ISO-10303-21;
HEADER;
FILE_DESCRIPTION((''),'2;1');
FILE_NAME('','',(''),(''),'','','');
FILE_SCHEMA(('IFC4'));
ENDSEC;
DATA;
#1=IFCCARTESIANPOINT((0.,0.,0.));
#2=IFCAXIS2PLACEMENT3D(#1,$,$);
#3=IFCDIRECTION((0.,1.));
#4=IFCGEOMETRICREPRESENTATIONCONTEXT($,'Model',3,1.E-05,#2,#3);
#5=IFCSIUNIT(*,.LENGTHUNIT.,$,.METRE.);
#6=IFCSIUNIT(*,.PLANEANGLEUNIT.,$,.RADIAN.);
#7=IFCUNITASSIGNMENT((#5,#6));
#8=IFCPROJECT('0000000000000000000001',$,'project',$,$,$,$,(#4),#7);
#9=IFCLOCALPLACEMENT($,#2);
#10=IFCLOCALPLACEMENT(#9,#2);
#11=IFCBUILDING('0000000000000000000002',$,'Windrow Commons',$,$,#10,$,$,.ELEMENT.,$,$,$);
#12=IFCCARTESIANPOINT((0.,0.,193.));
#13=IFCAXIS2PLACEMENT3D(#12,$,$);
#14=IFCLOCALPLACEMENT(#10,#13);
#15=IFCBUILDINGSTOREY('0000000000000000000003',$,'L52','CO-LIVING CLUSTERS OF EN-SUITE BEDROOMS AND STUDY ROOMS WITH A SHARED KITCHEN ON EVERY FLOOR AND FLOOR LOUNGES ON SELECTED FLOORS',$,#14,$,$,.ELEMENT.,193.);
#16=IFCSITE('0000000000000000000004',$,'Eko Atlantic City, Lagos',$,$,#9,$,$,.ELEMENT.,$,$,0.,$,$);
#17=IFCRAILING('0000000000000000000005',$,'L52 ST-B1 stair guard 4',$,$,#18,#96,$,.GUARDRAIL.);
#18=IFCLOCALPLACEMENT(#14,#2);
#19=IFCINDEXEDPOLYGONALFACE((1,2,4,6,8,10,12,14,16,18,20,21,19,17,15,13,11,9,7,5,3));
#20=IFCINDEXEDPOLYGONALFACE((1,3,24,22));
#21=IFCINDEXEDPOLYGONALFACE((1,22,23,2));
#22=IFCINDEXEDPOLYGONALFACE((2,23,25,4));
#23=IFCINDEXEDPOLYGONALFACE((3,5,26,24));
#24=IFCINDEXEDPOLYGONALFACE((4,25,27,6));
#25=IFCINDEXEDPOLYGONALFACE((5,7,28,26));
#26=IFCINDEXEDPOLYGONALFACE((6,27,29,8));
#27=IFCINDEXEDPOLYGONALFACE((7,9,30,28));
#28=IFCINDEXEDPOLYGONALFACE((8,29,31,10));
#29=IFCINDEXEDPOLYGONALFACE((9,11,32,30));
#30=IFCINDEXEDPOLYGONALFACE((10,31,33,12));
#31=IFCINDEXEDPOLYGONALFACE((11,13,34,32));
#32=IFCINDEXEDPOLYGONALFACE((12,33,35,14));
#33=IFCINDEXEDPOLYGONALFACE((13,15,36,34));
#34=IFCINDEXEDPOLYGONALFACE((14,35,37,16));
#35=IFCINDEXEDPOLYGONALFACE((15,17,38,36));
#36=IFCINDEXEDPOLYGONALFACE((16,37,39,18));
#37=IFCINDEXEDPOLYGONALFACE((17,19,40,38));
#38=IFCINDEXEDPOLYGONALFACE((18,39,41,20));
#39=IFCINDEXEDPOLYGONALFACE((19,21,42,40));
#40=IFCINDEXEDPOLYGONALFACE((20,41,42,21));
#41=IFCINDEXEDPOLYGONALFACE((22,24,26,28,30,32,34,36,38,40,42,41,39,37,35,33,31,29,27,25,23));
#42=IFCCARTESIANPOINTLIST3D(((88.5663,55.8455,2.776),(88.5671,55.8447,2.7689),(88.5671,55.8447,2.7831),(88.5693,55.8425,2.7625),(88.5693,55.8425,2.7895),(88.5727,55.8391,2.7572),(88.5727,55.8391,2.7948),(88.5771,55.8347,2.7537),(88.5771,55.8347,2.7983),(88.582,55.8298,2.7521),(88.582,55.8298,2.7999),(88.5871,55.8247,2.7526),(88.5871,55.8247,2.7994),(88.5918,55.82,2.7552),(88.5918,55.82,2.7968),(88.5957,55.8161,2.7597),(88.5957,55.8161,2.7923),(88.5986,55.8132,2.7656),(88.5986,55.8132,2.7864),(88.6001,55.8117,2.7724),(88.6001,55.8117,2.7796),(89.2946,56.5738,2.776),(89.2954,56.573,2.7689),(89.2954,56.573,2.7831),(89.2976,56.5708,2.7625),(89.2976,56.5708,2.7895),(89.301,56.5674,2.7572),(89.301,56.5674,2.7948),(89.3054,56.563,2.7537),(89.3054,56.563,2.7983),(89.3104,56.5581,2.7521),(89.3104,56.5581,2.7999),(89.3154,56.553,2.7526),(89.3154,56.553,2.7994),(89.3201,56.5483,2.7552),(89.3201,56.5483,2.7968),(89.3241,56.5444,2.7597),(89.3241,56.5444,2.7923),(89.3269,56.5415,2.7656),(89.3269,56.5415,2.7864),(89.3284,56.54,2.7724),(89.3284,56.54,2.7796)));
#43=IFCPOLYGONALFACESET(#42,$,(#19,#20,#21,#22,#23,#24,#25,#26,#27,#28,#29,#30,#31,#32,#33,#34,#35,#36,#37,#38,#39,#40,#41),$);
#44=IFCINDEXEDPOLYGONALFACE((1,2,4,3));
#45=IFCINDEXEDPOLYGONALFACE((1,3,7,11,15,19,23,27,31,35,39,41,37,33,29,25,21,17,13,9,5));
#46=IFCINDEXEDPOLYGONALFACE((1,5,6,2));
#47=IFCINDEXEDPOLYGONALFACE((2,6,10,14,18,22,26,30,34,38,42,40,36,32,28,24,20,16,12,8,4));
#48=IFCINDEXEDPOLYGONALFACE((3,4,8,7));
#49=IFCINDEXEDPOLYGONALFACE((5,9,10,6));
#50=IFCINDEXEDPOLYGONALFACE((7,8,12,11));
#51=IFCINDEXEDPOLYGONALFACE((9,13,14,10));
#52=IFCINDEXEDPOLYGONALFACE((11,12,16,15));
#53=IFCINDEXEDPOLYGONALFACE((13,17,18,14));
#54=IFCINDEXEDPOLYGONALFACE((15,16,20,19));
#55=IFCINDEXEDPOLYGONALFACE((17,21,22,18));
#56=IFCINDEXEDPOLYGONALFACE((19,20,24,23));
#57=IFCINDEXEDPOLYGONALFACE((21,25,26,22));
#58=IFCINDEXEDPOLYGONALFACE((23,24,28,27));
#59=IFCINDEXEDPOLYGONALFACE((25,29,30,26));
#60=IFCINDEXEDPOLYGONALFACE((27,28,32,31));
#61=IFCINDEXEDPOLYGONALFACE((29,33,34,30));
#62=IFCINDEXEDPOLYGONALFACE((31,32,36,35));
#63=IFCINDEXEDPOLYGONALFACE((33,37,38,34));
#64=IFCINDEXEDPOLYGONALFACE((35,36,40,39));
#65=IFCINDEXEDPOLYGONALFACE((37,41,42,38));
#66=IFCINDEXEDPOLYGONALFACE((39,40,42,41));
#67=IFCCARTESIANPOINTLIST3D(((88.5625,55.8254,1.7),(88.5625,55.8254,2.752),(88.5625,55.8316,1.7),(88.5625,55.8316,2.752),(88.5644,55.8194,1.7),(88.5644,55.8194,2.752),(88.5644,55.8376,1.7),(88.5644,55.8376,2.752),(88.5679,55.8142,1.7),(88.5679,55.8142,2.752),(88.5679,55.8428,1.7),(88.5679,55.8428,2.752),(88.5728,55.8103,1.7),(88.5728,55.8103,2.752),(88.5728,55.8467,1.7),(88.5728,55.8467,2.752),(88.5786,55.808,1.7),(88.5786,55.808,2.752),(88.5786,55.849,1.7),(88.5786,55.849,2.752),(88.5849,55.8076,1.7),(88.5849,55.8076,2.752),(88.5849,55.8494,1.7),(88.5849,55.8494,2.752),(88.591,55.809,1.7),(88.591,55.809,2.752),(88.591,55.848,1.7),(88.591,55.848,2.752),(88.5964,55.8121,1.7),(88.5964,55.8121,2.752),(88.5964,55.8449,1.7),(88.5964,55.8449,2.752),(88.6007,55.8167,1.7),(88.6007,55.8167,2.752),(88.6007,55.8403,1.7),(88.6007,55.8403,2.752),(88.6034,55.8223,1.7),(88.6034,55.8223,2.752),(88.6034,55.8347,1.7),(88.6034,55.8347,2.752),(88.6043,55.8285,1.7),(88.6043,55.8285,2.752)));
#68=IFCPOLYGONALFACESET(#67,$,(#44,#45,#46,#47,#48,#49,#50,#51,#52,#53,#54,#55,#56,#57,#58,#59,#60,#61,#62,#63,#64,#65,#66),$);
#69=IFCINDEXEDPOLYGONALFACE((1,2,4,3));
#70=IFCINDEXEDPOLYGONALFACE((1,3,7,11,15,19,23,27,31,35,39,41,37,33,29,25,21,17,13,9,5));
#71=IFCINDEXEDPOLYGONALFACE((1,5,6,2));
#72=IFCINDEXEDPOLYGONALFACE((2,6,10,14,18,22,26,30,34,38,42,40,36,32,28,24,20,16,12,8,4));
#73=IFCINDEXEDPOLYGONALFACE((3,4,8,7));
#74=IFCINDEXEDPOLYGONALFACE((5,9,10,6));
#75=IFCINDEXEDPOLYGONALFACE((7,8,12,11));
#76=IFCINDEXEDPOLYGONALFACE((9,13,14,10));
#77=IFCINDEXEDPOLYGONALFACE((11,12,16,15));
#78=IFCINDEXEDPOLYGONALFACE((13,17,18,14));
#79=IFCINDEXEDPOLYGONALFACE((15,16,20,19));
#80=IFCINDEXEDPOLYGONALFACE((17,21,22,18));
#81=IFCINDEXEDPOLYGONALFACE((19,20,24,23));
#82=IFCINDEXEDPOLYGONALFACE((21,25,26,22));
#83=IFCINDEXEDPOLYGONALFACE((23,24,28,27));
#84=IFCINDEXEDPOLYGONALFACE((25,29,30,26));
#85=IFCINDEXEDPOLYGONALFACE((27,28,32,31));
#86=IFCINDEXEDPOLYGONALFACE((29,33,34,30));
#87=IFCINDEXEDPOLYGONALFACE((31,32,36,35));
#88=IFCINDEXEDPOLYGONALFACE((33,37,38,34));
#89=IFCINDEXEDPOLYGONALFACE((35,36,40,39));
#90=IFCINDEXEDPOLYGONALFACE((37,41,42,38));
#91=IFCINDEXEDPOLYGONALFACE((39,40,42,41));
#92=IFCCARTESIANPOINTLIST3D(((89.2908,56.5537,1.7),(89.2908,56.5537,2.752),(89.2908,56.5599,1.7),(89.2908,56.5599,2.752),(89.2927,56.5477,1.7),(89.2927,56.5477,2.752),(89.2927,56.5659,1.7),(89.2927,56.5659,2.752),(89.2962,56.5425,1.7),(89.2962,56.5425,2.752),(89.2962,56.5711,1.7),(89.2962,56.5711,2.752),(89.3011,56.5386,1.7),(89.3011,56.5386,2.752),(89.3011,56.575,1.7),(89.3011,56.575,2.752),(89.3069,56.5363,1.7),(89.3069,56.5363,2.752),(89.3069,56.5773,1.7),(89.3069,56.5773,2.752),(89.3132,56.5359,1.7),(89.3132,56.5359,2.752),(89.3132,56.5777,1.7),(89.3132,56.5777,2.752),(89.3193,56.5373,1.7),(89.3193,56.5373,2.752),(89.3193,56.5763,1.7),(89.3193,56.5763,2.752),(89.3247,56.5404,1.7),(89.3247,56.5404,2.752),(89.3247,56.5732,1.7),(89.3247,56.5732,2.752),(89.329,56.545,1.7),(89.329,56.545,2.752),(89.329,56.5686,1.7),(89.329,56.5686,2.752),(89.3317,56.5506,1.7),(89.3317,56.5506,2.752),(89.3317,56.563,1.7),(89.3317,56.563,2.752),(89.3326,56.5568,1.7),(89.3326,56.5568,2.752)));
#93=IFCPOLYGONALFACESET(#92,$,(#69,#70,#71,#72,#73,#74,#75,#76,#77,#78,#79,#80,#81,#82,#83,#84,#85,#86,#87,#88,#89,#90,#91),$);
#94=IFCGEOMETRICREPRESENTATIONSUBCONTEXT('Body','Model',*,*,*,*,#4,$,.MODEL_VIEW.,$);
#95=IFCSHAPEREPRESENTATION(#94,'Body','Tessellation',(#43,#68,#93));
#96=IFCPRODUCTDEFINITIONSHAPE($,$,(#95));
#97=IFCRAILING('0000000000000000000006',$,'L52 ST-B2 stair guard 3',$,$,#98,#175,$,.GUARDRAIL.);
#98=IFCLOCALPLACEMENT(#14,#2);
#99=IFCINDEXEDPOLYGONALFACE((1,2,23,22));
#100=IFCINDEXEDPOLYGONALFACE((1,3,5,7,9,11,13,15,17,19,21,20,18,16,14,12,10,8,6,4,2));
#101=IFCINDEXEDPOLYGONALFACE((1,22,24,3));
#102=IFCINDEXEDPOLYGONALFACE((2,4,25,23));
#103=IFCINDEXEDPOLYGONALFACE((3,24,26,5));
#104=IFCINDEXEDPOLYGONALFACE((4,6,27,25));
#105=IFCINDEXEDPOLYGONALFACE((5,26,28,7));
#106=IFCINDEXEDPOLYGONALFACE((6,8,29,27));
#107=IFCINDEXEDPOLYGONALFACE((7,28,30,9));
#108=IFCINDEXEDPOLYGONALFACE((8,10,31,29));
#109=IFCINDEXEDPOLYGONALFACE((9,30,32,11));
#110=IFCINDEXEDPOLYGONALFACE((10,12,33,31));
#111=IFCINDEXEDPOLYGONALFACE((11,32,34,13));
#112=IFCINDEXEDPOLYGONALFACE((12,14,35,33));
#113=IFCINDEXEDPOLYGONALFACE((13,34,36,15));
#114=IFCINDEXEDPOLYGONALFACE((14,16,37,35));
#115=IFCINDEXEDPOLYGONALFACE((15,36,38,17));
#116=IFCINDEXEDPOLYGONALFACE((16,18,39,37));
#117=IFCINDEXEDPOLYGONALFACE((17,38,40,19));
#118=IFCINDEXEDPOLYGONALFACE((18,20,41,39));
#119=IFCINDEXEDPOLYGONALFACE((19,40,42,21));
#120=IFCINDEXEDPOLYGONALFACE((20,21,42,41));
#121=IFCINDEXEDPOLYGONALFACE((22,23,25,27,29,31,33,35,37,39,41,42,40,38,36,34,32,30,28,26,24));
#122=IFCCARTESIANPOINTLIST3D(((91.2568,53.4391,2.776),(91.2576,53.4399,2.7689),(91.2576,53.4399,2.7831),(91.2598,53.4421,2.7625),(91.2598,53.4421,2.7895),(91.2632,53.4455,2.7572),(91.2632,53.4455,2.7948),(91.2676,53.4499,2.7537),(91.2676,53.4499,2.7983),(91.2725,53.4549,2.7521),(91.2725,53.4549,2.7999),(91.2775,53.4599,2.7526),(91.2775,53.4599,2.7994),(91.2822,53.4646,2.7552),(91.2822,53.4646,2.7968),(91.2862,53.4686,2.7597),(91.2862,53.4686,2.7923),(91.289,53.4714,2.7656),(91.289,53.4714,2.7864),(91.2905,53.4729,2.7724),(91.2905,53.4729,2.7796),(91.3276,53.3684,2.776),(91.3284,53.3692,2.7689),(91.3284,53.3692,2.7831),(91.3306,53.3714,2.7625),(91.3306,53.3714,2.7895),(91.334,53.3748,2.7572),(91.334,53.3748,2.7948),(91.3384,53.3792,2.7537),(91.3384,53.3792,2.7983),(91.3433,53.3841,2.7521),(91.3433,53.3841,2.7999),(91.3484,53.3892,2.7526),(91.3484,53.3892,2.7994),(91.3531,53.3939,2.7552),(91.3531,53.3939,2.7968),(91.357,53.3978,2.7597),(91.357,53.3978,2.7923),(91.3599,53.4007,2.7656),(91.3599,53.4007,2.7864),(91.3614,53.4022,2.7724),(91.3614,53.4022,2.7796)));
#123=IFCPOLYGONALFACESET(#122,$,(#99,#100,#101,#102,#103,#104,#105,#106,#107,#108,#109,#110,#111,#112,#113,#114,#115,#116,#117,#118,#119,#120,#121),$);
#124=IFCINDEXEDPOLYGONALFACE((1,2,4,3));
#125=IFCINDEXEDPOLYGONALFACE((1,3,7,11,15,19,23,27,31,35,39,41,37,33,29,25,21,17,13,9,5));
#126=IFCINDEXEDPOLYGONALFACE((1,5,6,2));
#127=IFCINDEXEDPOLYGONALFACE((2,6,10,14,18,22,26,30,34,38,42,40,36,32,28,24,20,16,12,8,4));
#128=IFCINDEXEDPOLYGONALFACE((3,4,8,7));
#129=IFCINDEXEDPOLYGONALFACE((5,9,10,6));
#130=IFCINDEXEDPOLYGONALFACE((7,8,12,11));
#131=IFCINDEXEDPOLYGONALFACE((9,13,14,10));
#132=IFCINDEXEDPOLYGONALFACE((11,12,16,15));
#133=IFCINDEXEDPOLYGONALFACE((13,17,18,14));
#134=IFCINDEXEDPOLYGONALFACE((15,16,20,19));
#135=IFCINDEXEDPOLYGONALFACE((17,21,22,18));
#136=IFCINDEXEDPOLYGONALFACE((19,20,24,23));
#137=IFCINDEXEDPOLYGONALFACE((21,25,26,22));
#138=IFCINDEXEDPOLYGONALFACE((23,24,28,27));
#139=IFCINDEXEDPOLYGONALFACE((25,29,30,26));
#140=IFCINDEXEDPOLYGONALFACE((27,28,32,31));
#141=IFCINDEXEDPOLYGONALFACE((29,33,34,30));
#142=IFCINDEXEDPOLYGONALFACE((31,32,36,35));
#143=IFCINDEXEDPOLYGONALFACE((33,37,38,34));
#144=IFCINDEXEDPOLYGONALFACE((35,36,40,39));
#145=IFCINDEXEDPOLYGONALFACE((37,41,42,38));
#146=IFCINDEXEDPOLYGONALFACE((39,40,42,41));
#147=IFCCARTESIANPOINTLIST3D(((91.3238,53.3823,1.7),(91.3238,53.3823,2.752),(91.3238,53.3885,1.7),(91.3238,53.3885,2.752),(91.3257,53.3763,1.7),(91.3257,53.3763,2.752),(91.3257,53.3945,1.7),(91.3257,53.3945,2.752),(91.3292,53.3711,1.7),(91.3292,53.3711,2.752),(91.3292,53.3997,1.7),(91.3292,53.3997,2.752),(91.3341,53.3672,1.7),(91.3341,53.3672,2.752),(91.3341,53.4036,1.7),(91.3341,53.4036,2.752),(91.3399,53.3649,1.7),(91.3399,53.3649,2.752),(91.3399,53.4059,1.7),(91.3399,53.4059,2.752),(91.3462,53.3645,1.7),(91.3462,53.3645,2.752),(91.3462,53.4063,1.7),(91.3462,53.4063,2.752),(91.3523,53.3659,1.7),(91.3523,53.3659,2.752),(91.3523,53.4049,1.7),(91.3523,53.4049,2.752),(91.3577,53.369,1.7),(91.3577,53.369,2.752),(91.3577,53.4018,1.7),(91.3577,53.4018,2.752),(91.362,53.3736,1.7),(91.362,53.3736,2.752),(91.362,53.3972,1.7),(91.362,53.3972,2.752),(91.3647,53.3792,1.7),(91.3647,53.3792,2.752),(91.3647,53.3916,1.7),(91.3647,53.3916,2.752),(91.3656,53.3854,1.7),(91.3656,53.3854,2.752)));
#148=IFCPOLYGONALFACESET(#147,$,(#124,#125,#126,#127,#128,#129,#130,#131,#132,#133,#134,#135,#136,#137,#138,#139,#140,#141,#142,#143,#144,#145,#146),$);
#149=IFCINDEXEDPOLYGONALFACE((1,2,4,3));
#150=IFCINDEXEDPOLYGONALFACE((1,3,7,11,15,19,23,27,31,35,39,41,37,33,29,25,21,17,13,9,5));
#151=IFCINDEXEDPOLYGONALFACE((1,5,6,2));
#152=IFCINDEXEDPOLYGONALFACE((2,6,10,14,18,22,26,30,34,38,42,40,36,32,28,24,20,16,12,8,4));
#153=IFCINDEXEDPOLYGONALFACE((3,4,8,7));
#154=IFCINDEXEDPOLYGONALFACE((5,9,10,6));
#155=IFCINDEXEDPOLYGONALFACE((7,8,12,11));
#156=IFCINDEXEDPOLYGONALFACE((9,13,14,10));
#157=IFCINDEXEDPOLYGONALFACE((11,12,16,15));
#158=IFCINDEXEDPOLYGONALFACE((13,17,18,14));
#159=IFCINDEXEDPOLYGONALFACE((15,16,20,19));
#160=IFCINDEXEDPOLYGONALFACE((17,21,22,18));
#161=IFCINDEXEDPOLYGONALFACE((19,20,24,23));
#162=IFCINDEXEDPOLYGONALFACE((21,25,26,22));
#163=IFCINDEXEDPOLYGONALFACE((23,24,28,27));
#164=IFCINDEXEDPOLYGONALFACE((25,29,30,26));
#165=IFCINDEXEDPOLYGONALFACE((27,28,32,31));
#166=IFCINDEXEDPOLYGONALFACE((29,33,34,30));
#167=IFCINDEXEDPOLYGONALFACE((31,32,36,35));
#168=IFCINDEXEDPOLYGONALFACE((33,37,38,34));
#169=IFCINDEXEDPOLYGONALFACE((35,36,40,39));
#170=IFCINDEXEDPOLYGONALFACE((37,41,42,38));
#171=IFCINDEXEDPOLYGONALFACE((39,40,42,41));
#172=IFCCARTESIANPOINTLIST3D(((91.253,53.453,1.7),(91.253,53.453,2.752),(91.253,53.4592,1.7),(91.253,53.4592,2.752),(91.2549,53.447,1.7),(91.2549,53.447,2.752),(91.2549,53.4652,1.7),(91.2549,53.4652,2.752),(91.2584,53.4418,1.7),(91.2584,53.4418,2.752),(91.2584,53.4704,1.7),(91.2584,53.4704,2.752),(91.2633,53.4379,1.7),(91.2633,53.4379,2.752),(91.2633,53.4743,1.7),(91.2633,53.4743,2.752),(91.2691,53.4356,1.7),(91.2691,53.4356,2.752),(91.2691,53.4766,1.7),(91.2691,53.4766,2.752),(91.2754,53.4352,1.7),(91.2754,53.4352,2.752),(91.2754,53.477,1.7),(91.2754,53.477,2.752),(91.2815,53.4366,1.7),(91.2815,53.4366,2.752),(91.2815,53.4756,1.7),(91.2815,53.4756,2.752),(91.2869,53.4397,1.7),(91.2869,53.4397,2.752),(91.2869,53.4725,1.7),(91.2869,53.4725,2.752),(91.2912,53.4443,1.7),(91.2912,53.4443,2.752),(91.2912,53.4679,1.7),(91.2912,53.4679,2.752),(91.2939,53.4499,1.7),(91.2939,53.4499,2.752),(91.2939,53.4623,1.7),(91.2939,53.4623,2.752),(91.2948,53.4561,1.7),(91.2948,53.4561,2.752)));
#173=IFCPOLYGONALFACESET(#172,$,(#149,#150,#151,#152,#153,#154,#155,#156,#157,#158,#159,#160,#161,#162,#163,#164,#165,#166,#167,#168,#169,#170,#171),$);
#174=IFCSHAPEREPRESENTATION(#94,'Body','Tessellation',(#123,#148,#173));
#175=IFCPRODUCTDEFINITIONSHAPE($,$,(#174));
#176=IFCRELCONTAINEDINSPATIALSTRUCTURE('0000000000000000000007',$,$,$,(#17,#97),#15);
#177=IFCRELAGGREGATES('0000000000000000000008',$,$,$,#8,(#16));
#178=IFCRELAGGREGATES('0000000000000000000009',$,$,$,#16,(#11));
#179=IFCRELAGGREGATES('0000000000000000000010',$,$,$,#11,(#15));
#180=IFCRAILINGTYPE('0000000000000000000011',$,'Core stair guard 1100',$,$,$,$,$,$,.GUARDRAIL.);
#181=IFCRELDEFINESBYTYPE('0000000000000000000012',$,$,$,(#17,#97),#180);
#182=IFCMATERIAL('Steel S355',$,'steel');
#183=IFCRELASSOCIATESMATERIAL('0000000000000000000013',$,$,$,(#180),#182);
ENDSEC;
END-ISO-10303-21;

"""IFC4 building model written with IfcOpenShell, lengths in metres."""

from ifc_helpers import new_model, si_unit, direction, frame, origin, origin_2d, place, context, subcontext, project, spatial, circle, extrude, material, type_object, element, save


model = new_model("IFC4")

# Units and contexts
model_context = context("Model", 3, precision=1e-05, world=origin(), true_north=direction((0.0, 1.0)))
body_context = subcontext(model_context, "Body", "Model", "MODEL_VIEW")
ifc_project = project(units=[si_unit("LENGTHUNIT", "METRE"), si_unit("PLANEANGLEUNIT", "RADIAN")], contexts=[model_context])

# Site, building, storey
site_placement = place(None, origin())
site = spatial("IfcSite", under=ifc_project, at=site_placement, Name="Eko Atlantic City, Lagos", CompositionType="ELEMENT", RefElevation=0.0)
building_placement = place(site_placement, origin())
building = spatial("IfcBuilding", under=site, at=building_placement, Name="Windrow Commons", CompositionType="ELEMENT")
storey_placement = place(building_placement, frame((0.0, 0.0, 193.0)))
storey = spatial("IfcBuildingStorey", under=building, at=storey_placement, Name="L52", Description="CO-LIVING CLUSTERS OF EN-SUITE BEDROOMS AND STUDY ROOMS WITH A SHARED KITCHEN ON EVERY FLOOR AND FLOOR LOUNGES ON SELECTED FLOORS", CompositionType="ELEMENT", Elevation=193.0)

# Railings
ifc_material_1 = material(Name="Steel S355", Category="steel")
railing_type_1 = type_object("IfcRailingType", Name="Core stair guard 1100", PredefinedType="GUARDRAIL", material=ifc_material_1)
railing_1_placement = place(storey_placement, frame((88.5833, 55.8285, 1.7)))
element("IfcRailing", 1, at=railing_1_placement, inside=storey, type_object=railing_type_1, Name="L52 ST-B1 stair guard 4", PredefinedType="GUARDRAIL", context=body_context, shape_type="SweptSolid", body=[
    extrude(circle(Radius=0.024, at=origin_2d()), frame((0.0, 0.0, 1.076), z_axis=(0.707107, 0.707107, 0.0), x_axis=(-0.707107, 0.707107, 0.0)), (0.0, 0.0, 1.0), 1.03),
    extrude(circle(Radius=0.021, at=origin_2d()), origin(), (0.0, 0.0, 1.0), 1.052),
    extrude(circle(Radius=0.021, at=origin_2d()), frame((0.7283, 0.7283, 0.0)), (0.0, 0.0, 1.0), 1.052),
])
railing_2_placement = place(storey_placement, frame((91.3446, 53.3854, 1.7)))
element("IfcRailing", 2, at=railing_2_placement, inside=storey, type_object=railing_type_1, Name="L52 ST-B2 stair guard 3", PredefinedType="GUARDRAIL", context=body_context, shape_type="SweptSolid", body=[
    extrude(circle(Radius=0.024, at=origin_2d()), frame((0.0, 0.0, 1.076), z_axis=(-0.707606, 0.706607, 0.0), x_axis=(-0.706607, -0.707606, 0.0)), (0.0, 0.0, 1.0), 0.1001),
    extrude(circle(Radius=0.021, at=origin_2d()), origin(), (0.0, 0.0, 1.0), 1.052),
    extrude(circle(Radius=0.021, at=origin_2d()), frame((-0.0708, 0.0707, 0.0)), (0.0, 0.0, 1.0), 1.052),
])

save(model, "model.ifc")
